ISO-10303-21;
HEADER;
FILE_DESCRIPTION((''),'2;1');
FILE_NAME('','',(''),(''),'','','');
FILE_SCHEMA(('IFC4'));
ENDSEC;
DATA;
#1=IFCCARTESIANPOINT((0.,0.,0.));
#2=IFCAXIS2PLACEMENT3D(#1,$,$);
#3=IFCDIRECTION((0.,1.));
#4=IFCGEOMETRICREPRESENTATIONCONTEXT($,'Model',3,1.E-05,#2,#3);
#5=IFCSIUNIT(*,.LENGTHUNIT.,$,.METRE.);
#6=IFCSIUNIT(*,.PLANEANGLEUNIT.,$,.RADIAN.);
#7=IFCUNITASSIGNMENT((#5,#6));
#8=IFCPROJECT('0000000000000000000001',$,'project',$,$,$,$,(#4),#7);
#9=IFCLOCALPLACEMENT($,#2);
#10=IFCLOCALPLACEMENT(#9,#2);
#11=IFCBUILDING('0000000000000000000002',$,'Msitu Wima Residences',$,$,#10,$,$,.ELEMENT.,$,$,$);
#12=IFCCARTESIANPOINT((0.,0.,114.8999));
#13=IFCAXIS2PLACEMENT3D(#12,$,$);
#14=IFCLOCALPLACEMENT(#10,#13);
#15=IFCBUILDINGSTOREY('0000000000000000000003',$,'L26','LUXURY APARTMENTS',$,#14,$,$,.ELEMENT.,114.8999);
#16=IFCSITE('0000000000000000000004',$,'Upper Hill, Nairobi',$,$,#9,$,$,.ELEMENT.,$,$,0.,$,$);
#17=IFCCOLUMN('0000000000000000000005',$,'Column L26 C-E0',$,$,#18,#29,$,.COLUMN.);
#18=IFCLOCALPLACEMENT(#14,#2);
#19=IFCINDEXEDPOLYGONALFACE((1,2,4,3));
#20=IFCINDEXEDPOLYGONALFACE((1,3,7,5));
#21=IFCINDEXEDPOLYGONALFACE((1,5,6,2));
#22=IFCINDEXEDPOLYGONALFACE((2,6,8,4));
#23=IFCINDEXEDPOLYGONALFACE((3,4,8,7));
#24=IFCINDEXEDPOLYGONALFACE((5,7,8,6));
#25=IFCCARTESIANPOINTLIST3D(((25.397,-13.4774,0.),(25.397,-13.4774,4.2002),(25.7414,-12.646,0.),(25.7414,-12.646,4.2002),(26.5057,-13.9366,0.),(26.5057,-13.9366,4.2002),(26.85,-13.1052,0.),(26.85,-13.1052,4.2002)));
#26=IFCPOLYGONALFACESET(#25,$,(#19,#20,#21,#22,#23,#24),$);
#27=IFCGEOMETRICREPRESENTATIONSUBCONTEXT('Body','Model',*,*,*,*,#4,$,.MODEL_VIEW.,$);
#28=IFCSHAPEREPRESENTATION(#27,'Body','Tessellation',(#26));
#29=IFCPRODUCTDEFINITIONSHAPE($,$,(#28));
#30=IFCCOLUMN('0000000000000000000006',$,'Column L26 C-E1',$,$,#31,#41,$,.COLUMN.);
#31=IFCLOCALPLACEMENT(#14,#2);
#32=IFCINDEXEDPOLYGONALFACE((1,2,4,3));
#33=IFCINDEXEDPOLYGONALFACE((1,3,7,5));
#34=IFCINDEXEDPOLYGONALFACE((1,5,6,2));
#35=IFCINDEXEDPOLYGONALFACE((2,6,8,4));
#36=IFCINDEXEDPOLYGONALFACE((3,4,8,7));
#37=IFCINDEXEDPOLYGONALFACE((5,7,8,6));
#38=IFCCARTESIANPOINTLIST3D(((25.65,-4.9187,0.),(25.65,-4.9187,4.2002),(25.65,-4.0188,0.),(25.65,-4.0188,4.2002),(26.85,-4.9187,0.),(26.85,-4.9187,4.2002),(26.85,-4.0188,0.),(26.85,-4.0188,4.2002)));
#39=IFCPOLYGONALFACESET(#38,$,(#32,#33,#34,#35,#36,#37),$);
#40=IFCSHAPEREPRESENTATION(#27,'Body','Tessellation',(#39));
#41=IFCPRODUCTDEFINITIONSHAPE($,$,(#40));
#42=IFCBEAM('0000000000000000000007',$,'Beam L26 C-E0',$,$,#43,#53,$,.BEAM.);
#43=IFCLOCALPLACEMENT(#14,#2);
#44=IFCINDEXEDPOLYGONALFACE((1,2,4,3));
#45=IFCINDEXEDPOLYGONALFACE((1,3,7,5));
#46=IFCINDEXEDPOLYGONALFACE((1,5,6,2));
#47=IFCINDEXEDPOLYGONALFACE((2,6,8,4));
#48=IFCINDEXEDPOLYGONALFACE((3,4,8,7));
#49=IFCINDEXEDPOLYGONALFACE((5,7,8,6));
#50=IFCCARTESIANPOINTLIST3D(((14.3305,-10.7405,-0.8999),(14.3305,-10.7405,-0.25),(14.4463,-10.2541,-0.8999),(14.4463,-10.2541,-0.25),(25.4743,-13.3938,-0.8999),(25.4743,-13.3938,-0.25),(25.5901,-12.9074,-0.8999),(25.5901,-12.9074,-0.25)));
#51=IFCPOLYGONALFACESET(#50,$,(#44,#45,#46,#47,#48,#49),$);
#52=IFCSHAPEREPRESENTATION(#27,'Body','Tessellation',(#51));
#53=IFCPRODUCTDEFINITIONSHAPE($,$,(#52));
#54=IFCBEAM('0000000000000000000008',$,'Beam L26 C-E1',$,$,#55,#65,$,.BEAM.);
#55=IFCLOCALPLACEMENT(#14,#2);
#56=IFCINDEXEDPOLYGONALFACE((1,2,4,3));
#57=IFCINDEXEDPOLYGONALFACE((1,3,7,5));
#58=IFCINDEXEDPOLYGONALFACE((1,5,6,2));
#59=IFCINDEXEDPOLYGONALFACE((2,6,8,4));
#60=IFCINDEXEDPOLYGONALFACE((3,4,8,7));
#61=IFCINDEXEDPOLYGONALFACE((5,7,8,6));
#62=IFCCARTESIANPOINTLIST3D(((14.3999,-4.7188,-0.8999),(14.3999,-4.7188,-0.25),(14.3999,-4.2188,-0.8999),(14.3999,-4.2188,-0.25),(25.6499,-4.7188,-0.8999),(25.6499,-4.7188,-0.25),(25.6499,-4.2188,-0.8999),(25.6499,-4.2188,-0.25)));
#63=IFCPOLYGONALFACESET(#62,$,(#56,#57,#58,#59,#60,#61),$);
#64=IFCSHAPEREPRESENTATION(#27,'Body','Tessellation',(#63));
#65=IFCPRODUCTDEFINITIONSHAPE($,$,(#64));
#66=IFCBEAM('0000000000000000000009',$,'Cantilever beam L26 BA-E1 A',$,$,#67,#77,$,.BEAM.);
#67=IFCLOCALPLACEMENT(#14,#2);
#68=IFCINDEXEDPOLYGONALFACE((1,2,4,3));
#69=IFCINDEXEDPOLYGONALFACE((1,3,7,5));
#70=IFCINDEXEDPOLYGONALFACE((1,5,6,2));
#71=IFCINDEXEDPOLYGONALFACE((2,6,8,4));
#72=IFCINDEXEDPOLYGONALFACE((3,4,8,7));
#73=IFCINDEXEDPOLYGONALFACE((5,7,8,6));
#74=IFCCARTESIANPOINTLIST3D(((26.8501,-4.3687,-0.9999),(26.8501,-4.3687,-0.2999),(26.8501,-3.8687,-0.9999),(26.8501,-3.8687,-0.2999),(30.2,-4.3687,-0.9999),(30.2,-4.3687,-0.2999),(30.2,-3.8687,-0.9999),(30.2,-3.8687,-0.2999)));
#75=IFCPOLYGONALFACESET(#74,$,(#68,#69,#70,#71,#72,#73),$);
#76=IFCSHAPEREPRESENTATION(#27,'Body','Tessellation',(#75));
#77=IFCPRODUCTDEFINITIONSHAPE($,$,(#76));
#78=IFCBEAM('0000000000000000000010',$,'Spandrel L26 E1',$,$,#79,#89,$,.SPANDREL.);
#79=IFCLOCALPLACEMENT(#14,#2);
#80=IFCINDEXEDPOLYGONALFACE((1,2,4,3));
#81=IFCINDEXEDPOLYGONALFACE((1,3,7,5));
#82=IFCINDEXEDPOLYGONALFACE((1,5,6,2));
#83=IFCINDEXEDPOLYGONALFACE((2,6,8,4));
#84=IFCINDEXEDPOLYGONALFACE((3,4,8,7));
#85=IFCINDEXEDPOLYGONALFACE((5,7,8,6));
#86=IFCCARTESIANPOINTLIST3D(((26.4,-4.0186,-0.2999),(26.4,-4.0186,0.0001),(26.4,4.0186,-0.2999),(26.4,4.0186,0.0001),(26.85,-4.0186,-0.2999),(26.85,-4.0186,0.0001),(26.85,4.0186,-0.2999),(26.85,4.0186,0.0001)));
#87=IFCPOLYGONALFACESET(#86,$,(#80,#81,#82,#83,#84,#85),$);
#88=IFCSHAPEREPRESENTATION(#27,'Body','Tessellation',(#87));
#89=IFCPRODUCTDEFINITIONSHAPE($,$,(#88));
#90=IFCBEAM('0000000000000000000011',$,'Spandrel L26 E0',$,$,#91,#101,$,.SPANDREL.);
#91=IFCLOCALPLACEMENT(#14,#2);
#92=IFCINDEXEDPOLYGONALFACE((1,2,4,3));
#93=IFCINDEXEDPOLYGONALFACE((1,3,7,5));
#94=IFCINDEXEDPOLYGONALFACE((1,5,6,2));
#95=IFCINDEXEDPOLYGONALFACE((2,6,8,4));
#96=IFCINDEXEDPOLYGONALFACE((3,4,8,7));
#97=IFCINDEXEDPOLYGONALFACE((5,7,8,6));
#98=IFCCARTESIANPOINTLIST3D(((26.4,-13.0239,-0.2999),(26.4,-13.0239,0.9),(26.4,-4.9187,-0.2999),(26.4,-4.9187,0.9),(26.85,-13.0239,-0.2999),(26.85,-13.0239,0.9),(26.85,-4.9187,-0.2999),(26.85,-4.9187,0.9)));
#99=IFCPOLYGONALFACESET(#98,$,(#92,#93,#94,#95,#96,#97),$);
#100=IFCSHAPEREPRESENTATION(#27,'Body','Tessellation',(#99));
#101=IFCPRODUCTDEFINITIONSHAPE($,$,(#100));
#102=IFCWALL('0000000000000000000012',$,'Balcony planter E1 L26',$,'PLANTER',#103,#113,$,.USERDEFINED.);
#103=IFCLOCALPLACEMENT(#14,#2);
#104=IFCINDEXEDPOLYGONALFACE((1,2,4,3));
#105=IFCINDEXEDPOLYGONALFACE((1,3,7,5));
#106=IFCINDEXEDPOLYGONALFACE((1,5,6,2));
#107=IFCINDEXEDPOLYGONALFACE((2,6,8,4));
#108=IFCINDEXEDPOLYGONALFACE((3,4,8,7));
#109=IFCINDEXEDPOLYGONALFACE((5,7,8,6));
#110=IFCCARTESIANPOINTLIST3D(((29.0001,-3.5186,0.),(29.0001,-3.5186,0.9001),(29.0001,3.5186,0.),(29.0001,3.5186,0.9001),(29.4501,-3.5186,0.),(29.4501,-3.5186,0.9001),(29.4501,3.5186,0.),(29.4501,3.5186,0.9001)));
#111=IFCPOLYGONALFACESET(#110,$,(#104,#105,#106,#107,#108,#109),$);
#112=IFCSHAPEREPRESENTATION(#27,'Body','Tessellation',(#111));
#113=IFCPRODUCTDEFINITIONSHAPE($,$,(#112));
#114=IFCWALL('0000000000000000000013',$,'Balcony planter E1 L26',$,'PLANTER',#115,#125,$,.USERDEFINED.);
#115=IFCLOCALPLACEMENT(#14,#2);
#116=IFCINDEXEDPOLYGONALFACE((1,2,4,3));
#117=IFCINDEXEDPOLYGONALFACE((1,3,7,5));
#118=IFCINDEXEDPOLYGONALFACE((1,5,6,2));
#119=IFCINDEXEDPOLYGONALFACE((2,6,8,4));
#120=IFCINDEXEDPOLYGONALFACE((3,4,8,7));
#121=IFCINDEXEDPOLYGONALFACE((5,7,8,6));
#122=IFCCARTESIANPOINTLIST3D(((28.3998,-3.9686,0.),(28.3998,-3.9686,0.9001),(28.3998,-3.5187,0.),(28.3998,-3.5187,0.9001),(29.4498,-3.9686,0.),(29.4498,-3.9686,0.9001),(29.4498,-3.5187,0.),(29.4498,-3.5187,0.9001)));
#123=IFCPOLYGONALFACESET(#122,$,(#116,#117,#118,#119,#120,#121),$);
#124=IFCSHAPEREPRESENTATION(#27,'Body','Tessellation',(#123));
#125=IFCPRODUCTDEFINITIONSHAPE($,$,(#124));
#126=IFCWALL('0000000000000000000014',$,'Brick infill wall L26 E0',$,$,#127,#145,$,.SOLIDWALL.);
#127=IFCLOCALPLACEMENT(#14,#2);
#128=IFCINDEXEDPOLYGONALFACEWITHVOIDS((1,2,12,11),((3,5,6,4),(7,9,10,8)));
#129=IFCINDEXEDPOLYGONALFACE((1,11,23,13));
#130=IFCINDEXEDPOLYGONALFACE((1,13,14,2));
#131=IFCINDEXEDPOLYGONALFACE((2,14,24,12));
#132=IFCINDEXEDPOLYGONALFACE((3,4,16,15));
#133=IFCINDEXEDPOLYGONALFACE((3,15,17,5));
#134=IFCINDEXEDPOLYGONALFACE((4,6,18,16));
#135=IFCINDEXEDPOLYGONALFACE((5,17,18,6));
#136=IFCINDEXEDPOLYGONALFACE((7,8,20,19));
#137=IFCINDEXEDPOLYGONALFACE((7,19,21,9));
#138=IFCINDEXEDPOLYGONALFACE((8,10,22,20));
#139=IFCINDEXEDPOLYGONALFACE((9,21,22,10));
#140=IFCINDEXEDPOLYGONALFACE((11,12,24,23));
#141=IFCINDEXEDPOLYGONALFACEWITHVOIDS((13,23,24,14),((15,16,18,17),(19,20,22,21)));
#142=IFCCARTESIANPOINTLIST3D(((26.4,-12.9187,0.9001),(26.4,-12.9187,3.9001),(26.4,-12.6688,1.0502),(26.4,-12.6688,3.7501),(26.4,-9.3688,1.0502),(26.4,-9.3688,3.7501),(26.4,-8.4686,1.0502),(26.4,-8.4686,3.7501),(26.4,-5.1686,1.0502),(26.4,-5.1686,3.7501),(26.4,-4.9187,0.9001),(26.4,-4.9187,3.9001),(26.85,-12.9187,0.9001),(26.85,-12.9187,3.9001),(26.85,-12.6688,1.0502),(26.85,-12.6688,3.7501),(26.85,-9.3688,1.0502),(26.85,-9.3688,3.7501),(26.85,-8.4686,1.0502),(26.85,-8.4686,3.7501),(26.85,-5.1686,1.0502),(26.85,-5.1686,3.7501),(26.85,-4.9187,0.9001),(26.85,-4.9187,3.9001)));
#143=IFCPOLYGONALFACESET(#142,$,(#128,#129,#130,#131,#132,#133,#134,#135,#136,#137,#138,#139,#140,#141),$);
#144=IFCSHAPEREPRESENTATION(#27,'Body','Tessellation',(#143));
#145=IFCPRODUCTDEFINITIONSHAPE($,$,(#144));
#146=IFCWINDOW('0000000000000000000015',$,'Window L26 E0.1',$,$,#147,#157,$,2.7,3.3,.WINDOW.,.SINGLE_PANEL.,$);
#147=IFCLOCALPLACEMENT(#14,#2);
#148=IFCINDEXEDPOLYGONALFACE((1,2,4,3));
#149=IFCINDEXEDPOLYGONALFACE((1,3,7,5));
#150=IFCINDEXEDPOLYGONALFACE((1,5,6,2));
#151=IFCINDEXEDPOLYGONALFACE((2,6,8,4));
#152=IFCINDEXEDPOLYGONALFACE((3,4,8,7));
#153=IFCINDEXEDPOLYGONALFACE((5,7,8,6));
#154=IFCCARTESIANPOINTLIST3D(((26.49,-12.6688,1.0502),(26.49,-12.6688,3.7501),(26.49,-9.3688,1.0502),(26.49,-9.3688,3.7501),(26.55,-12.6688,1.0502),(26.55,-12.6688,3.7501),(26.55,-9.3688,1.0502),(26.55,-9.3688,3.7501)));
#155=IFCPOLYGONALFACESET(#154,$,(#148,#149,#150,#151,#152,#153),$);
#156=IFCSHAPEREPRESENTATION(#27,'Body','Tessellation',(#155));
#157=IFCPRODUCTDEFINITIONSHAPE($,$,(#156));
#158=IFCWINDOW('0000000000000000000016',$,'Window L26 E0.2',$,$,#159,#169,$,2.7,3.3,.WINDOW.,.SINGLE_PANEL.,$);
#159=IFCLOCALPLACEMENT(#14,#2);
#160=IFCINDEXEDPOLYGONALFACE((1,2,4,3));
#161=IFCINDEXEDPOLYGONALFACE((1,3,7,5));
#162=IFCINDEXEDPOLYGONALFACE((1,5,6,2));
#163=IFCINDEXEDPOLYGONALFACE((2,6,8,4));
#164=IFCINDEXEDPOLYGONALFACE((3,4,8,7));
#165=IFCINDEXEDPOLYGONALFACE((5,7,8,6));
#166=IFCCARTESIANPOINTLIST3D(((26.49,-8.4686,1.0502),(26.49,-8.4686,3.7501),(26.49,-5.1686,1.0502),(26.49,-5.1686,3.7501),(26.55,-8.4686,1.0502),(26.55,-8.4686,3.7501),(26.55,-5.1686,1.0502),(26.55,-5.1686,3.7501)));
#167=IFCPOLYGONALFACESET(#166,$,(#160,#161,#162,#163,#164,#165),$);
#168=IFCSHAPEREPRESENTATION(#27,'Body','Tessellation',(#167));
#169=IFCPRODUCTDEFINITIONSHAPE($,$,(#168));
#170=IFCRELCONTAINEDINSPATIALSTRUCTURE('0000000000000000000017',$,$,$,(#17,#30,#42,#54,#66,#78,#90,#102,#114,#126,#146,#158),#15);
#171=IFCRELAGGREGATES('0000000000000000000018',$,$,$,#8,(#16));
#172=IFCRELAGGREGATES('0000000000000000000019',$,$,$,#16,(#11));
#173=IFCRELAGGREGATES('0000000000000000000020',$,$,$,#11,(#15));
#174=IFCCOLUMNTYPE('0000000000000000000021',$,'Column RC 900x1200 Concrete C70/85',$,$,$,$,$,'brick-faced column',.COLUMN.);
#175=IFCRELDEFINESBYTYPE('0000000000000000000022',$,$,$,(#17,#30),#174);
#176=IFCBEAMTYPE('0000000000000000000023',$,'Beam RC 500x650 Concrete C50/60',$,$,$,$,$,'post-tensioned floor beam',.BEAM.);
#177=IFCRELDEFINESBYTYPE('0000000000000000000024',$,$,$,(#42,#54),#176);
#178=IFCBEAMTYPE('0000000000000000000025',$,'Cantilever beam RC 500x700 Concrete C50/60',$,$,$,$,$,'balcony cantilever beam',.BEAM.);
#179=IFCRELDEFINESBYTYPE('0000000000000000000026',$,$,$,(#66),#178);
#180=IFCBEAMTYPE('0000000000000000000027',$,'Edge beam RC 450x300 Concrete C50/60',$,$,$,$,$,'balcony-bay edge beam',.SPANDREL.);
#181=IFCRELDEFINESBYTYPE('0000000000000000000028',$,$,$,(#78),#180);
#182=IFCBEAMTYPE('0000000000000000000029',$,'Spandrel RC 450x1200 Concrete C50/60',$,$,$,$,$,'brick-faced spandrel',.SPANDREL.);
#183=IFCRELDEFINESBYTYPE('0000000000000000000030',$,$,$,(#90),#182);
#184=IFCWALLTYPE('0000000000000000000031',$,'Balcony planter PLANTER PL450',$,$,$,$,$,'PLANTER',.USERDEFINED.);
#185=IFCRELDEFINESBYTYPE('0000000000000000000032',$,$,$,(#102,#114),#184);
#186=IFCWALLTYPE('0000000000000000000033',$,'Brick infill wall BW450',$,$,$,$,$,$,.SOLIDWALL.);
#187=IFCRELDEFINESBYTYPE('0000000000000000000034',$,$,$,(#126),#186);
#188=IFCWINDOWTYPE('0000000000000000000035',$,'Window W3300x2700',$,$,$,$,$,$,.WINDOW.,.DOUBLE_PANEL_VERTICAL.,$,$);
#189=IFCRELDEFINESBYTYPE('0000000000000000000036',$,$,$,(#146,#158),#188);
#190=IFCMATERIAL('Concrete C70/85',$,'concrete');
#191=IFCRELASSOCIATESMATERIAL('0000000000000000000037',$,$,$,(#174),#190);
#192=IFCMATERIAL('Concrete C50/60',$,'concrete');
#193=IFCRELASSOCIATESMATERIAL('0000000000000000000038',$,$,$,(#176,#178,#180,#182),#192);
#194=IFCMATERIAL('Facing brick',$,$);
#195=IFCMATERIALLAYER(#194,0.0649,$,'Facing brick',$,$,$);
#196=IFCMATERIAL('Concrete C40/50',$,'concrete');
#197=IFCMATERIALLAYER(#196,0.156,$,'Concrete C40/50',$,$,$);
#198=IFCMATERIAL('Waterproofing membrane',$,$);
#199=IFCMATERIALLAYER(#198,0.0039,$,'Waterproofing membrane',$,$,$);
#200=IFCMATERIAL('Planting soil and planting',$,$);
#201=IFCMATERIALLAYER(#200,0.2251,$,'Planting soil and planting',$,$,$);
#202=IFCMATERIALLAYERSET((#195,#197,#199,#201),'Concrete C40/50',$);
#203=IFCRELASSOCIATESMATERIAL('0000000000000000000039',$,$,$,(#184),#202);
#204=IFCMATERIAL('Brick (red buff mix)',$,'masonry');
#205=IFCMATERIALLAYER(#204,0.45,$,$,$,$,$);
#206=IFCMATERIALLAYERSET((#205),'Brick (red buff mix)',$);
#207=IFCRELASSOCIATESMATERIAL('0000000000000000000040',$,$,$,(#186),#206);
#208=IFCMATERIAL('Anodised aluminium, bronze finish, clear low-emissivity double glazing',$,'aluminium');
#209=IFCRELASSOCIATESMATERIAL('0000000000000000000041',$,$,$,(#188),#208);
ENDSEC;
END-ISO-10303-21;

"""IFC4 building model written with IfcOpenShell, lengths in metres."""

from ifc_helpers import new_model, si_unit, direction, frame, frame_2d, origin, origin_2d, place, context, subcontext, project, spatial, rectangle, extrude, material, layer, layer_set, material_profile, profile_set, type_object, element, fill, save


model = new_model("IFC4")

# Units and contexts
model_context = context("Model", 3, precision=1e-05, world=origin(), true_north=direction((0.0, 1.0)))
body_context = subcontext(model_context, "Body", "Model", "MODEL_VIEW")
ifc_project = project(units=[si_unit("LENGTHUNIT", "METRE"), si_unit("PLANEANGLEUNIT", "RADIAN")], contexts=[model_context])

# Site, building, storey
site_placement = place(None, origin())
site = spatial("IfcSite", under=ifc_project, at=site_placement, Name="Upper Hill, Nairobi", CompositionType="ELEMENT", RefElevation=0.0)
building_placement = place(site_placement, origin())
building = spatial("IfcBuilding", under=site, at=building_placement, Name="Msitu Wima Residences", CompositionType="ELEMENT")
storey_placement = place(building_placement, frame((0.0, 0.0, 114.8999)))
storey = spatial("IfcBuildingStorey", under=building, at=storey_placement, Name="L26", Description="LUXURY APARTMENTS", CompositionType="ELEMENT", Elevation=114.8999)

# Columns
ifc_material_1 = material(Name="Concrete C70/85", Category="concrete")
ifc_material_profile_1 = material_profile(ifc_material_1, rectangle(XDim=0.8999, YDim=1.2, at=origin_2d()), Name="RC 900x1200")
ifc_profile_set_1 = profile_set([ifc_material_profile_1], Name="Concrete C70/85")
column_type = type_object("IfcColumnType", Name="Column RC 900x1200 Concrete C70/85", ElementType="brick-faced column", PredefinedType="COLUMN", material=ifc_profile_set_1)
for number, where, z_axis, x_axis, name in (
    (1, (26.1235, -13.2913, 0.0), (0.0, 0.0, 1.0), (0.382683, 0.92388, 0.0), "Column L26 C-E0"),
    (2, (26.25, -4.4688, 0.0), (0.0, 0.0, 1.0), (0.0, 1.0, 0.0), "Column L26 C-E1"),
):
    element("IfcColumn", number, at=place(storey_placement, frame(where, z_axis=z_axis, x_axis=x_axis)), inside=storey, type_object=column_type, Name=name, PredefinedType="COLUMN", context=body_context, shape_type="SweptSolid", body=[
        extrude(rectangle(XDim=0.8999, YDim=1.2, at=origin_2d()), origin(), (0.0, 0.0, 1.0), 4.2002),
    ])

# Beams
ifc_material_2 = material(Name="Concrete C50/60", Category="concrete")
ifc_material_profile_2 = material_profile(ifc_material_2, rectangle(XDim=0.5, YDim=0.6499, at=origin_2d()), Name="RC 500x650")
ifc_profile_set_2 = profile_set([ifc_material_profile_2], Name="Concrete C50/60")
beam_type_1 = type_object("IfcBeamType", Name="Beam RC 500x650 Concrete C50/60", ElementType="post-tensioned floor beam", PredefinedType="BEAM", material=ifc_profile_set_2)
beam_1_placement = place(storey_placement, frame((25.5322, -13.1506, -0.575), z_axis=(-0.972806, 0.231623, 0.0), x_axis=(-0.231623, -0.972806, 0.0)))
element("IfcBeam", 3, at=beam_1_placement, inside=storey, type_object=beam_type_1, Name="Beam L26 C-E0", PredefinedType="BEAM", context=body_context, shape_type="SweptSolid", body=[
    extrude(rectangle(XDim=0.5, YDim=0.6499, at=origin_2d()), origin(), (0.0, 0.0, 1.0), 11.4553),
])
beam_2_placement = place(storey_placement, frame((25.6499, -4.4688, -0.575), z_axis=(-1.0, 0.0, 0.0), x_axis=(0.0, -1.0, 0.0)))
element("IfcBeam", 4, at=beam_2_placement, inside=storey, type_object=beam_type_1, Name="Beam L26 C-E1", PredefinedType="BEAM", context=body_context, shape_type="SweptSolid", body=[
    extrude(rectangle(XDim=0.5, YDim=0.6499, at=origin_2d()), origin(), (0.0, 0.0, 1.0), 11.25),
])
ifc_material_profile_3 = material_profile(ifc_material_2, rectangle(XDim=0.5, YDim=0.7, at=origin_2d()), Name="RC 500x700")
ifc_profile_set_3 = profile_set([ifc_material_profile_3], Name="Concrete C50/60")
beam_type_2 = type_object("IfcBeamType", Name="Cantilever beam RC 500x700 Concrete C50/60", ElementType="balcony cantilever beam", PredefinedType="BEAM", material=ifc_profile_set_3)
beam_3_placement = place(storey_placement, frame((26.8501, -4.1187, -0.6499), z_axis=(1.0, 0.0, 0.0), x_axis=(0.0, 1.0, 0.0)))
element("IfcBeam", 5, at=beam_3_placement, inside=storey, type_object=beam_type_2, Name="Cantilever beam L26 BA-E1 A", PredefinedType="BEAM", context=body_context, shape_type="SweptSolid", body=[
    extrude(rectangle(XDim=0.5, YDim=0.7, at=origin_2d()), origin(), (0.0, 0.0, 1.0), 3.3499),
])
ifc_material_profile_4 = material_profile(ifc_material_2, rectangle(XDim=0.45, YDim=0.3, at=origin_2d()), Name="RC 450x300")
ifc_profile_set_4 = profile_set([ifc_material_profile_4], Name="Concrete C50/60")
beam_type_3 = type_object("IfcBeamType", Name="Edge beam RC 450x300 Concrete C50/60", ElementType="balcony-bay edge beam", PredefinedType="SPANDREL", material=ifc_profile_set_4)
beam_4_placement = place(storey_placement, frame((26.625, -4.0186, -0.1499), z_axis=(0.0, 1.0, 0.0), x_axis=(-1.0, 0.0, 0.0)))
element("IfcBeam", 6, at=beam_4_placement, inside=storey, type_object=beam_type_3, Name="Spandrel L26 E1", PredefinedType="SPANDREL", context=body_context, shape_type="SweptSolid", body=[
    extrude(rectangle(XDim=0.45, YDim=0.3, at=origin_2d()), origin(), (0.0, 0.0, 1.0), 8.0371),
])
ifc_material_profile_5 = material_profile(ifc_material_2, rectangle(XDim=0.45, YDim=1.2, at=origin_2d()), Name="RC 450x1200")
ifc_profile_set_5 = profile_set([ifc_material_profile_5], Name="Concrete C50/60")
beam_type_4 = type_object("IfcBeamType", Name="Spandrel RC 450x1200 Concrete C50/60", ElementType="brick-faced spandrel", PredefinedType="SPANDREL", material=ifc_profile_set_5)
beam_5_placement = place(storey_placement, frame((26.625, -13.0239, 0.3), z_axis=(0.0, 1.0, 0.0), x_axis=(-1.0, 0.0, 0.0)))
element("IfcBeam", 7, at=beam_5_placement, inside=storey, type_object=beam_type_4, Name="Spandrel L26 E0", PredefinedType="SPANDREL", context=body_context, shape_type="SweptSolid", body=[
    extrude(rectangle(XDim=0.45, YDim=1.2, at=origin_2d()), origin(), (0.0, 0.0, 1.0), 8.1052),
])

# Walls
ifc_material_3 = material(Name="Facing brick")
ifc_layer_1 = layer(ifc_material_3, 0.0649, Name="Facing brick")
ifc_material_4 = material(Name="Concrete C40/50", Category="concrete")
ifc_layer_2 = layer(ifc_material_4, 0.156, Name="Concrete C40/50")
ifc_material_5 = material(Name="Waterproofing membrane")
ifc_layer_3 = layer(ifc_material_5, 0.0039, Name="Waterproofing membrane")
ifc_material_6 = material(Name="Planting soil and planting")
ifc_layer_4 = layer(ifc_material_6, 0.2251, Name="Planting soil and planting")
ifc_layer_set_1 = layer_set([ifc_layer_1, ifc_layer_2, ifc_layer_3, ifc_layer_4], Name="Concrete C40/50")
wall_type_1 = type_object("IfcWallType", Name="Balcony planter PLANTER PL450", ElementType="PLANTER", PredefinedType="USERDEFINED", material=ifc_layer_set_1)
wall_1_placement = place(storey_placement, frame((29.2251, -3.5186, 0.0), z_axis=(0.0, 0.0, 1.0), x_axis=(0.0, 1.0, 0.0)))
element("IfcWall", 8, at=wall_1_placement, inside=storey, type_object=wall_type_1, Name="Balcony planter E1 L26", ObjectType="PLANTER", PredefinedType="USERDEFINED", context=body_context, shape_type="SweptSolid", body=[
    extrude(rectangle(XDim=7.0371, YDim=0.45, at=frame_2d((3.5186, 0.0))), origin(), (0.0, 0.0, 1.0), 0.9001),
])
wall_2_placement = place(storey_placement, frame((28.3999, -3.7437, 0.0), z_axis=(0.0, 0.0, 1.0), x_axis=(1.0, 0.0, 0.0)))
element("IfcWall", 9, at=wall_2_placement, inside=storey, type_object=wall_type_1, Name="Balcony planter E1 L26", ObjectType="PLANTER", PredefinedType="USERDEFINED", context=body_context, shape_type="SweptSolid", body=[
    extrude(rectangle(XDim=1.05, YDim=0.45, at=frame_2d((0.5249, 0.0))), origin(), (0.0, 0.0, 1.0), 0.9001),
])

# Wall, openings, windows
ifc_material_7 = material(Name="Brick (red buff mix)", Category="masonry")
ifc_layer_5 = layer(ifc_material_7, 0.45)
ifc_layer_set_2 = layer_set([ifc_layer_5], Name="Brick (red buff mix)")
wall_type_2 = type_object("IfcWallType", Name="Brick infill wall BW450", PredefinedType="SOLIDWALL", material=ifc_layer_set_2)
wall_3_placement = place(storey_placement, frame((26.625, -12.9187, 0.9001), z_axis=(0.0, 0.0, 1.0), x_axis=(0.0, 1.0, 0.0)))
wall_3 = element("IfcWall", 10, at=wall_3_placement, inside=storey, type_object=wall_type_2, Name="Brick infill wall L26 E0", PredefinedType="SOLIDWALL", context=body_context, shape_type="SweptSolid", body=[
    extrude(rectangle(XDim=8.0, YDim=0.45, at=frame_2d((4.0, 0.0))), origin(), (0.0, 0.0, 1.0), 3.0),
])
opening_1_placement = place(wall_3_placement, frame((0.25, 0.0, 0.1499)))
opening_1 = element("IfcOpeningElement", 11, at=opening_1_placement, cuts=wall_3, PredefinedType="OPENING", context=body_context, shape_type="SweptSolid", body=[
    extrude(rectangle(XDim=3.3, YDim=2.7, at=frame_2d((1.6499, 1.3501))), frame((0.0, 0.2349, 0.0), z_axis=(0.0, -1.0, 0.0), x_axis=(1.0, 0.0, 0.0)), (0.0, 0.0, 1.0), 0.47),
])
opening_2_placement = place(wall_3_placement, frame((4.4502, 0.0, 0.1499)))
opening_2 = element("IfcOpeningElement", 12, at=opening_2_placement, cuts=wall_3, PredefinedType="OPENING", context=body_context, shape_type="SweptSolid", body=[
    extrude(rectangle(XDim=3.3, YDim=2.7, at=frame_2d((1.6499, 1.3501))), frame((0.0, 0.2349, 0.0), z_axis=(0.0, -1.0, 0.0), x_axis=(1.0, 0.0, 0.0)), (0.0, 0.0, 1.0), 0.47),
])
ifc_material_8 = material(Name="Anodised aluminium, bronze finish, clear low-emissivity double glazing", Category="aluminium")
window_type = type_object("IfcWindowType", Name="Window W3300x2700", PartitioningType="DOUBLE_PANEL_VERTICAL", PredefinedType="WINDOW", material=ifc_material_8)
window_1_placement = place(opening_1_placement, origin())
window_1 = element("IfcWindow", 13, at=window_1_placement, inside=storey, type_object=window_type, Name="Window L26 E0.1", OverallHeight=2.7, OverallWidth=3.3, PartitioningType="SINGLE_PANEL", PredefinedType="WINDOW", context=body_context, shape_type="SweptSolid", body=[
    extrude(rectangle(XDim=3.3, YDim=2.7, at=frame_2d((1.6499, 1.3501))), frame((0.0, 0.135, 0.0), z_axis=(0.0, -1.0, 0.0), x_axis=(1.0, 0.0, 0.0)), (0.0, 0.0, 1.0), 0.0601),
])
fill(opening_1, window_1)
window_2_placement = place(opening_2_placement, origin())
window_2 = element("IfcWindow", 14, at=window_2_placement, inside=storey, type_object=window_type, Name="Window L26 E0.2", OverallHeight=2.7, OverallWidth=3.3, PartitioningType="SINGLE_PANEL", PredefinedType="WINDOW", context=body_context, shape_type="SweptSolid", body=[
    extrude(rectangle(XDim=3.3, YDim=2.7, at=frame_2d((1.6499, 1.3501))), frame((0.0, 0.135, 0.0), z_axis=(0.0, -1.0, 0.0), x_axis=(1.0, 0.0, 0.0)), (0.0, 0.0, 1.0), 0.0601),
])
fill(opening_2, window_2)

save(model, "model.ifc")
